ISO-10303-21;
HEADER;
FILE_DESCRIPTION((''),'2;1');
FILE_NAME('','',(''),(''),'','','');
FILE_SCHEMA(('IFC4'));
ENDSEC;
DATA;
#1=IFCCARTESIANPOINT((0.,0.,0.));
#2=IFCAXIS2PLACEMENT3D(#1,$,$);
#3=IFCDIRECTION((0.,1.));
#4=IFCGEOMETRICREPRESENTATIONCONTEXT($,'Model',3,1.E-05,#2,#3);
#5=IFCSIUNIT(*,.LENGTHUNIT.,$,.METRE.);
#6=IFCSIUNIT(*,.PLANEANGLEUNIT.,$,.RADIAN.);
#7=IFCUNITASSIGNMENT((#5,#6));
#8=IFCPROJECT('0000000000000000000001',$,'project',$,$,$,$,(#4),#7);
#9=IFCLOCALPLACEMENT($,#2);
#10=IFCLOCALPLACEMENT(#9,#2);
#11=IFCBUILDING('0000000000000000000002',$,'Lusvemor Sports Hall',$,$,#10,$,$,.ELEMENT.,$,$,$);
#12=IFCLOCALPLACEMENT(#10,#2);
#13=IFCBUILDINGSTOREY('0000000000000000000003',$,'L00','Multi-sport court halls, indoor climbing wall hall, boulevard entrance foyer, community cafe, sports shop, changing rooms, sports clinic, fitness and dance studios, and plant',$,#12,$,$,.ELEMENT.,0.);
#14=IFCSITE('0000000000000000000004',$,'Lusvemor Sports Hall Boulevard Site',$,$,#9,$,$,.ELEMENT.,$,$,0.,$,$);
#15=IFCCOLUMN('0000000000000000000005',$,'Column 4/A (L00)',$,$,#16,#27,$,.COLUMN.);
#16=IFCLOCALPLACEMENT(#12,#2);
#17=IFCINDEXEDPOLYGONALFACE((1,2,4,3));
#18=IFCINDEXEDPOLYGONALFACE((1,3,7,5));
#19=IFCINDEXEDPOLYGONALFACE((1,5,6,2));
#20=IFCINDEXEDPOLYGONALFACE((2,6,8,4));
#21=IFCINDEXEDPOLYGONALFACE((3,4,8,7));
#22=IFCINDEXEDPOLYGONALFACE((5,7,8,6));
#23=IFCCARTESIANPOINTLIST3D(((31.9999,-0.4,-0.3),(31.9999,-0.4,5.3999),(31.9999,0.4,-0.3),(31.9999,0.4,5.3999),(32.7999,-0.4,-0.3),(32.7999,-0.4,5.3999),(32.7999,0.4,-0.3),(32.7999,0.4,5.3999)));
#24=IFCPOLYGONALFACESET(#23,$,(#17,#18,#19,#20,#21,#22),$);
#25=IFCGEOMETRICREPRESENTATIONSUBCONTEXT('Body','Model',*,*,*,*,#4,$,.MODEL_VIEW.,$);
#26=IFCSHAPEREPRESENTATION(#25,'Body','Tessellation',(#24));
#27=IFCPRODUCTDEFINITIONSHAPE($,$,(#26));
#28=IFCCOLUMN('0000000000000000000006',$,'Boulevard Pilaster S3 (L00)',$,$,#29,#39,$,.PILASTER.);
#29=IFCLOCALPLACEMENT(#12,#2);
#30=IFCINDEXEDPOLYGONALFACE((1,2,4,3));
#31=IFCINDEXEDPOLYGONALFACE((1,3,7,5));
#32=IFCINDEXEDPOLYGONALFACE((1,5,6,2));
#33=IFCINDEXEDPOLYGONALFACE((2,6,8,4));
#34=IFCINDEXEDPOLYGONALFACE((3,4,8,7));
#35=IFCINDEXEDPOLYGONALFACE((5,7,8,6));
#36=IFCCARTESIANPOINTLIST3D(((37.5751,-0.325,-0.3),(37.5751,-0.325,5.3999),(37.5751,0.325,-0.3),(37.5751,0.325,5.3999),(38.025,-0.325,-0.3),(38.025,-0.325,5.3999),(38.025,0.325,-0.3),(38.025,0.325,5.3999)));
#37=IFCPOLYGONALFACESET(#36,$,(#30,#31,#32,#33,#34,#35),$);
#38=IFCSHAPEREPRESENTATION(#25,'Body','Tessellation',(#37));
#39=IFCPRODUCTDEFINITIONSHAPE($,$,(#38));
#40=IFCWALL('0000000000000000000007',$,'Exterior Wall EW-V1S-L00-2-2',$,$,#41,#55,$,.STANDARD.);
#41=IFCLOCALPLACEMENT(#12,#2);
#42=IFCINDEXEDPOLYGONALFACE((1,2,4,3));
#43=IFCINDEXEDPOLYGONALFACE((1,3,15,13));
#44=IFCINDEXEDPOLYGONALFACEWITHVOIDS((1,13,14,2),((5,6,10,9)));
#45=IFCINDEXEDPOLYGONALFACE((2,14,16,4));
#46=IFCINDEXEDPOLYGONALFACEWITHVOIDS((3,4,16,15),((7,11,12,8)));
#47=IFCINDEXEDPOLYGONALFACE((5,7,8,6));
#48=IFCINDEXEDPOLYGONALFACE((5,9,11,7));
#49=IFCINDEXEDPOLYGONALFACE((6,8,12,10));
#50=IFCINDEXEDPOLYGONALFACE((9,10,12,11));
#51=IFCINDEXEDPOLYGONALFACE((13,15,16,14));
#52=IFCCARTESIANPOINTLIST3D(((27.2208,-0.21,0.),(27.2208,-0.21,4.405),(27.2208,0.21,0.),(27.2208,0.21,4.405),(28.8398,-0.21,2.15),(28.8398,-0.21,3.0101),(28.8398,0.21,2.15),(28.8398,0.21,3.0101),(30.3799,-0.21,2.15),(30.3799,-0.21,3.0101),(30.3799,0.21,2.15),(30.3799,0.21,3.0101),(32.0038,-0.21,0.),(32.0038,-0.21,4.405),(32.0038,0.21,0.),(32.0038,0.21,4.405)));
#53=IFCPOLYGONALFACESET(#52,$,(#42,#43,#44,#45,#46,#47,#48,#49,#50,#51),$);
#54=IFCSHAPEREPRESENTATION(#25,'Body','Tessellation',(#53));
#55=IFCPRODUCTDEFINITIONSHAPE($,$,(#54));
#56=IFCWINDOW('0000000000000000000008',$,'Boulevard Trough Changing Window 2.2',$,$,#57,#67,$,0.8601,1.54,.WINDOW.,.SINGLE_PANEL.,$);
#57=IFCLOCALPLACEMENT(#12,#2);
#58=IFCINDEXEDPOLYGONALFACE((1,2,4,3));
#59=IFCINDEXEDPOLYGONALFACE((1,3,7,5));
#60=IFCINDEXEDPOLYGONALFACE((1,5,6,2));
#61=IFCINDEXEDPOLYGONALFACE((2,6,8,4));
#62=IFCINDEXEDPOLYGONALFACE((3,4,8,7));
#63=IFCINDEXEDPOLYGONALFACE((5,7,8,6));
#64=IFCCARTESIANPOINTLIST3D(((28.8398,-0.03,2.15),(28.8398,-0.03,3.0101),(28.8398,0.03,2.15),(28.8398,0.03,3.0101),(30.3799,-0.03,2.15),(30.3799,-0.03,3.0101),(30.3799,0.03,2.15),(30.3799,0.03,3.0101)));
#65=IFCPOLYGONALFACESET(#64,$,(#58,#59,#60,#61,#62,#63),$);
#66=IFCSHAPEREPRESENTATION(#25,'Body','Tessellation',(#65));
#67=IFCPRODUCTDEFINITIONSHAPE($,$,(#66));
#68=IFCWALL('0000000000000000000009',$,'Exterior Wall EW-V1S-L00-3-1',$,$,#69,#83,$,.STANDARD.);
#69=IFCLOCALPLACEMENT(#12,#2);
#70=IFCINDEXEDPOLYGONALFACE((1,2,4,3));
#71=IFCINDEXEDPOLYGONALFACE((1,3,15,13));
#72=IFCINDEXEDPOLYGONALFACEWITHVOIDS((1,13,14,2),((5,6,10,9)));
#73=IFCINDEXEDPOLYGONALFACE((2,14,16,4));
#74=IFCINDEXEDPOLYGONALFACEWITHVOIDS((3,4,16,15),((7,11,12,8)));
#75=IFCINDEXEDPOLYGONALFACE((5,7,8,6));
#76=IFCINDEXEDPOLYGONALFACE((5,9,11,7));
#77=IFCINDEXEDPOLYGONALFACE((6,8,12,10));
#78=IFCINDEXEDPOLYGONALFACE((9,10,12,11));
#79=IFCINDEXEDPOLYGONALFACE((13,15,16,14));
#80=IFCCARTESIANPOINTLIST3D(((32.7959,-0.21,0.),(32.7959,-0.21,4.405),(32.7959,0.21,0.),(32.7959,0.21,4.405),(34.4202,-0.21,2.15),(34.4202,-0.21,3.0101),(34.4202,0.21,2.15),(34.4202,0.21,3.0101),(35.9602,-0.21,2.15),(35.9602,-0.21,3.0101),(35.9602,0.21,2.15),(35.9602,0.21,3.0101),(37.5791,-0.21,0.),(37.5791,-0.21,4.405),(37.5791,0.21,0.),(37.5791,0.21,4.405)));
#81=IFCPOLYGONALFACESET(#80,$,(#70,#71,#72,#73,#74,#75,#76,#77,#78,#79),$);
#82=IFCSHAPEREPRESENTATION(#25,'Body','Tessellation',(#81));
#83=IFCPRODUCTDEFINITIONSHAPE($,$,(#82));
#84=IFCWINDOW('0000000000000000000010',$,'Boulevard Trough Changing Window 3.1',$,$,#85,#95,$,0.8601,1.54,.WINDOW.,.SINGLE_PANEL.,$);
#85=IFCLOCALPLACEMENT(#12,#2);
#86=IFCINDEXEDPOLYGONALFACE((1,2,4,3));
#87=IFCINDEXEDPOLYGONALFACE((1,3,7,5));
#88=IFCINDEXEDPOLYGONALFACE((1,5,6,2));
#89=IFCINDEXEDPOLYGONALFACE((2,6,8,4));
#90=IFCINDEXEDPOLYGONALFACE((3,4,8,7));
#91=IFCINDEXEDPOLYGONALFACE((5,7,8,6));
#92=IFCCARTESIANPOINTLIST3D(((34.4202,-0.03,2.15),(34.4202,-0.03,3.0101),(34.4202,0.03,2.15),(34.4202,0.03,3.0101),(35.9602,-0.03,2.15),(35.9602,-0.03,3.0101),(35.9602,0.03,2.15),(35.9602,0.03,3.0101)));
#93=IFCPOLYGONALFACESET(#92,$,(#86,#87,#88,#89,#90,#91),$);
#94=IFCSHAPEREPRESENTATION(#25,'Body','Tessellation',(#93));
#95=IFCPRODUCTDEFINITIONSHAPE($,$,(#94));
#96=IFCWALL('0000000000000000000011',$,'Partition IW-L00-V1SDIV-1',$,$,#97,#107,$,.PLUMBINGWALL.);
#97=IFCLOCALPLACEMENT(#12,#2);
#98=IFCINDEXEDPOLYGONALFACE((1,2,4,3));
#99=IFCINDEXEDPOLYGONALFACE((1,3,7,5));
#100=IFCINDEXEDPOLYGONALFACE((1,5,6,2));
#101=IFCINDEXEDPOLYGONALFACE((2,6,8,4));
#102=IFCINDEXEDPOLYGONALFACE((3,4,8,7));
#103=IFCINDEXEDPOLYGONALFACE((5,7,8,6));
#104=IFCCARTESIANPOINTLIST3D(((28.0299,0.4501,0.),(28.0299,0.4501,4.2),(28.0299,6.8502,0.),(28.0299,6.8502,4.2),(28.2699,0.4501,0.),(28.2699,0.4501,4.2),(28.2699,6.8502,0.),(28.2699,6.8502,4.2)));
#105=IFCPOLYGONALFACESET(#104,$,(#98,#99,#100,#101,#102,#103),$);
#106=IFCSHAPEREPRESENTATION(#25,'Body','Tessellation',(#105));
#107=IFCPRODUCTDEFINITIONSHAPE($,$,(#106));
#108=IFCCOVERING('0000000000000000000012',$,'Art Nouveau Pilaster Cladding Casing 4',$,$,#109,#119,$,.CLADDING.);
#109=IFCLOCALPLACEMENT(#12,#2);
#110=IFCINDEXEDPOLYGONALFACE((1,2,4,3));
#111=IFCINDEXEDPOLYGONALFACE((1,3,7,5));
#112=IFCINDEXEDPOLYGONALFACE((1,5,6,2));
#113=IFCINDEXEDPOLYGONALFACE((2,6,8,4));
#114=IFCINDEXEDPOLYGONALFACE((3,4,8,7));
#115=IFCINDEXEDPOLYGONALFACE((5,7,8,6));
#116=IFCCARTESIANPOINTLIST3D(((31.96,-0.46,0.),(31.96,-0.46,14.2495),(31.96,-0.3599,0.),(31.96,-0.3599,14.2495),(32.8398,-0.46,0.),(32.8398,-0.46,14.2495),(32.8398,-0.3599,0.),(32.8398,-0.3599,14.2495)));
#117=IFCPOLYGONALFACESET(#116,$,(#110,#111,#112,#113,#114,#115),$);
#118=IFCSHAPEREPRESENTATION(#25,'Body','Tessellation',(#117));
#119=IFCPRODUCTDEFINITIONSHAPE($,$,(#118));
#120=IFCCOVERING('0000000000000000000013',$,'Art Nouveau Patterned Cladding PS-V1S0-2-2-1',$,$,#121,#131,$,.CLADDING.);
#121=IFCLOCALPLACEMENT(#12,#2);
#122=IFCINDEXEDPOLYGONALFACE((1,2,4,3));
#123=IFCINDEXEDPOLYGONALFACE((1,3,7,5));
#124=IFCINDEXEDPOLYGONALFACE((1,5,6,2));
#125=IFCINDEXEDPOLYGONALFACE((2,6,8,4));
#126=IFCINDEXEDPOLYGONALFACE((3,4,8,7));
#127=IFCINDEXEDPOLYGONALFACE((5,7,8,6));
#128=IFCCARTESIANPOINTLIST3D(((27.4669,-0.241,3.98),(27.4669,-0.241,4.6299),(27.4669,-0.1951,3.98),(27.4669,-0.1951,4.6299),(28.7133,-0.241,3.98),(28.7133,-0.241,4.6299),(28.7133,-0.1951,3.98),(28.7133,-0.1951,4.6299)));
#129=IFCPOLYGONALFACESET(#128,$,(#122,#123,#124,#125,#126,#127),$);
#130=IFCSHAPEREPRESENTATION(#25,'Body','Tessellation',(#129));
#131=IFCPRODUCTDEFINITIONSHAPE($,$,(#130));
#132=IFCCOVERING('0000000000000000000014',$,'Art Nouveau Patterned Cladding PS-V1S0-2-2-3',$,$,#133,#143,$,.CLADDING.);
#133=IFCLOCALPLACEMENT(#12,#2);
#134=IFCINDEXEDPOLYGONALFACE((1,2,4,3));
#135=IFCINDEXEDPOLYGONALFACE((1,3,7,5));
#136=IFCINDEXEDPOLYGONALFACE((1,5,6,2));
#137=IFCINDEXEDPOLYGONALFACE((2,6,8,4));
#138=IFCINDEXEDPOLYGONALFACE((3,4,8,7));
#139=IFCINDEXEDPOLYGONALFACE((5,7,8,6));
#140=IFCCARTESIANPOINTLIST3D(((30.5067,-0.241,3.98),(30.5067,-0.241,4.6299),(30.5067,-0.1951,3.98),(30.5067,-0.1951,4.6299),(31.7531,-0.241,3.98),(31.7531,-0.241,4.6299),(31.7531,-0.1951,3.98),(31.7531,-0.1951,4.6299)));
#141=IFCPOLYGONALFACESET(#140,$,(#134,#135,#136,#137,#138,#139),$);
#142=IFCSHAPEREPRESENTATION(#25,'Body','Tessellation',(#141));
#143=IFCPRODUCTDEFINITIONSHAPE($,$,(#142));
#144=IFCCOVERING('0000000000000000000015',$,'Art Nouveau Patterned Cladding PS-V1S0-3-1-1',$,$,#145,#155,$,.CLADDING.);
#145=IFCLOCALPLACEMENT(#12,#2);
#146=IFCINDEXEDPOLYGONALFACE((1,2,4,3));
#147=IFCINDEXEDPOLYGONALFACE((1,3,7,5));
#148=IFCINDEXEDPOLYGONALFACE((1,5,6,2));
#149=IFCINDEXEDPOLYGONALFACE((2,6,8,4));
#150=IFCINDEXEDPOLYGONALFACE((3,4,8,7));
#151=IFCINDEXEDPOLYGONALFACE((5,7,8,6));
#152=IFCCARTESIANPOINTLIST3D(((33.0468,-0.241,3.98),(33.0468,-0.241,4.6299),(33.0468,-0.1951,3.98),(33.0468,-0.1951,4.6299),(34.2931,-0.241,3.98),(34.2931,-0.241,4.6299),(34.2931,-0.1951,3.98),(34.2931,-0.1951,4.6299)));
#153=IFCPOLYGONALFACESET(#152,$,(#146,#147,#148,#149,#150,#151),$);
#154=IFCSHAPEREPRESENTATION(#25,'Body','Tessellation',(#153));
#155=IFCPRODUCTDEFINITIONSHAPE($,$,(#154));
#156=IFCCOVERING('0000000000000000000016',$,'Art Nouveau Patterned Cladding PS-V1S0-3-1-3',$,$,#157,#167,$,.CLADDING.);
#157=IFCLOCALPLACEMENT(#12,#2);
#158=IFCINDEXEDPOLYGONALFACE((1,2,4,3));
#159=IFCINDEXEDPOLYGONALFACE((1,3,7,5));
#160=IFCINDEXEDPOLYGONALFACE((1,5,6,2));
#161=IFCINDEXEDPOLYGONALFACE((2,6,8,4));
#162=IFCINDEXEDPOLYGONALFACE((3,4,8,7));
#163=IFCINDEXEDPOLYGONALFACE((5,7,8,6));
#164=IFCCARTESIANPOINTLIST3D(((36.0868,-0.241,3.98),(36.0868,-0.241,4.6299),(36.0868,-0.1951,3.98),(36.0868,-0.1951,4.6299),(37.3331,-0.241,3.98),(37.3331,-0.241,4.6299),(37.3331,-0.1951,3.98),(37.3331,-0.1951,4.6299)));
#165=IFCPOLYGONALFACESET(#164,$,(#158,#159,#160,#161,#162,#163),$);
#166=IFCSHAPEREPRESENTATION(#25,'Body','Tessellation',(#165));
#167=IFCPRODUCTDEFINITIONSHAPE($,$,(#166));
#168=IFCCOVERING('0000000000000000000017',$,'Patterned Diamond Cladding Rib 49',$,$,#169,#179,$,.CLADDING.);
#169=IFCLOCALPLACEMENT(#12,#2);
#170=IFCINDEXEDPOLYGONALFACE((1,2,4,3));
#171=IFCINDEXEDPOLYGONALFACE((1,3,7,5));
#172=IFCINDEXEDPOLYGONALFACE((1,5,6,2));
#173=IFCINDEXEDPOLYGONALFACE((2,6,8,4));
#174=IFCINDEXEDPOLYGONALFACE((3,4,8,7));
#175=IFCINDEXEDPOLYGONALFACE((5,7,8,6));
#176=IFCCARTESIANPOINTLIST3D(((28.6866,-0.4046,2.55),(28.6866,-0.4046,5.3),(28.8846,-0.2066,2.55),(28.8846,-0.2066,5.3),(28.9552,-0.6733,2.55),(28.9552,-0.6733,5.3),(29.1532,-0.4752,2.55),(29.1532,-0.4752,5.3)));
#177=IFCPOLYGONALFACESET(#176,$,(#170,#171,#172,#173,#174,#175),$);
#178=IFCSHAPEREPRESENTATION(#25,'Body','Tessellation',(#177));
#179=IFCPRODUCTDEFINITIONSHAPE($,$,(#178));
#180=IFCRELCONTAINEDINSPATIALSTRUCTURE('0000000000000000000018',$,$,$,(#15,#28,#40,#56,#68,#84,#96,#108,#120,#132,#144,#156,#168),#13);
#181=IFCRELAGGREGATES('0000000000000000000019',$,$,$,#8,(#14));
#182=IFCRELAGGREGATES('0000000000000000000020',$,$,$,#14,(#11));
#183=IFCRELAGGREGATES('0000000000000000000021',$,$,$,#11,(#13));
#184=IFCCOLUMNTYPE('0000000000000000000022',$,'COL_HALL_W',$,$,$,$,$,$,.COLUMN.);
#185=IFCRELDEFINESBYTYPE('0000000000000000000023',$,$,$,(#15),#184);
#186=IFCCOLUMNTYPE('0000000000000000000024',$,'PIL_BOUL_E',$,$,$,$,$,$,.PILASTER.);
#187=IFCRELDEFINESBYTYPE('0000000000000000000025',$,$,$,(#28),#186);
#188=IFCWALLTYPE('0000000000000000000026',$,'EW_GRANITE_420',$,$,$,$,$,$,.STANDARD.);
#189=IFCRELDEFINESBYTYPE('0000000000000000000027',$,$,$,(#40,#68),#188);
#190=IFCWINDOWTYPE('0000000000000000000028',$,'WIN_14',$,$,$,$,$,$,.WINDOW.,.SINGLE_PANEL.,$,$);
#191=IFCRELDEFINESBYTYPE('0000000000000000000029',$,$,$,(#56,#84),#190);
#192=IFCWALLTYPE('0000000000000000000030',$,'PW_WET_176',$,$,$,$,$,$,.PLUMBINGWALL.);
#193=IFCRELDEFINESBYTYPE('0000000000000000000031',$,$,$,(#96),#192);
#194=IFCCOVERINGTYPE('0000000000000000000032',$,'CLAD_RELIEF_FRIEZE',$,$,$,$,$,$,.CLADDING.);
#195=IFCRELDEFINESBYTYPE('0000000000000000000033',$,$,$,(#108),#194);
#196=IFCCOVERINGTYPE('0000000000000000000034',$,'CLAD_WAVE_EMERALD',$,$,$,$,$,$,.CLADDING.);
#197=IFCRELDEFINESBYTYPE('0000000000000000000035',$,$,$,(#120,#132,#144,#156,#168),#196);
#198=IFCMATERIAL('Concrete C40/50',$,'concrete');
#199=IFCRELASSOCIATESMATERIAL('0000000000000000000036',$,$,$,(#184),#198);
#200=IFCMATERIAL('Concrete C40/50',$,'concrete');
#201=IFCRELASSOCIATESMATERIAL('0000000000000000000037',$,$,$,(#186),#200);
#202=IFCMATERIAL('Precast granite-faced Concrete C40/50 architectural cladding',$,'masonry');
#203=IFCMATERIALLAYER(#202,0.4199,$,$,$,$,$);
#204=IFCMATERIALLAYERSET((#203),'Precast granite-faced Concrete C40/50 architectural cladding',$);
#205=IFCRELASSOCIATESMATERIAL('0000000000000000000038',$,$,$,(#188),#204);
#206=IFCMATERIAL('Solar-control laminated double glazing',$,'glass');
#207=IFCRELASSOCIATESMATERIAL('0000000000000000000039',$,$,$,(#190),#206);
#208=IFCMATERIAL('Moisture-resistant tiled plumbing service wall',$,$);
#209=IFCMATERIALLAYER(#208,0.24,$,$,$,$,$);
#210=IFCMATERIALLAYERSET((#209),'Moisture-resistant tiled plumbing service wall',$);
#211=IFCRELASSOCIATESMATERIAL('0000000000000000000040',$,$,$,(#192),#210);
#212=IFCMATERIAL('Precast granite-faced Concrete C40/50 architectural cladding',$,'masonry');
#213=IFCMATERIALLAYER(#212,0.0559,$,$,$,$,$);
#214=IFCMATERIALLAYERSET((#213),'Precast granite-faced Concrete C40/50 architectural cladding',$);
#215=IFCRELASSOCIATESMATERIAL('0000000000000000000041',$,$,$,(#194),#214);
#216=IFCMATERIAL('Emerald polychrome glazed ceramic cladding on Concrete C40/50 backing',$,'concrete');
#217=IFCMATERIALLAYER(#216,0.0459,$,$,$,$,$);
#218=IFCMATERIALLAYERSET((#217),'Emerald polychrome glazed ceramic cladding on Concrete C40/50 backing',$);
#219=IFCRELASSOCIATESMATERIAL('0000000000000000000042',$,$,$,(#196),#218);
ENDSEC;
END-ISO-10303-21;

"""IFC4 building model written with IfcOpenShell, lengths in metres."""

from ifc_helpers import new_model, si_unit, direction, frame, frame_2d, origin, origin_2d, place, context, subcontext, project, spatial, rectangle, extrude, material, layer, layer_set, material_profile, profile_set, type_object, element, fill, save


model = new_model("IFC4")

# Units and contexts
model_context = context("Model", 3, precision=1e-05, world=origin(), true_north=direction((0.0, 1.0)))
body_context = subcontext(model_context, "Body", "Model", "MODEL_VIEW")
ifc_project = project(units=[si_unit("LENGTHUNIT", "METRE"), si_unit("PLANEANGLEUNIT", "RADIAN")], contexts=[model_context])

# Site, building, storey
site_placement = place(None, origin())
site = spatial("IfcSite", under=ifc_project, at=site_placement, Name="Lusvemor Sports Hall Boulevard Site", CompositionType="ELEMENT", RefElevation=0.0)
building_placement = place(site_placement, origin())
building = spatial("IfcBuilding", under=site, at=building_placement, Name="Lusvemor Sports Hall", CompositionType="ELEMENT")
storey_placement = place(building_placement, origin())
storey = spatial("IfcBuildingStorey", under=building, at=storey_placement, Name="L00", Description="Multi-sport court halls, indoor climbing wall hall, boulevard entrance foyer, community cafe, sports shop, changing rooms, sports clinic, fitness and dance studios, and plant", CompositionType="ELEMENT", Elevation=0.0)

# Columns
ifc_material_1 = material(Name="Concrete C40/50", Category="concrete")
ifc_material_profile_1 = material_profile(ifc_material_1, rectangle(XDim=0.8, YDim=0.8, at=origin_2d()), Name="RC800x800")
ifc_profile_set_1 = profile_set([ifc_material_profile_1], Name="Concrete C40/50")
column_type_1 = type_object("IfcColumnType", Name="COL_HALL_W", PredefinedType="COLUMN", material=ifc_profile_set_1)
column_1_placement = place(storey_placement, frame((32.3999, 0.0, -0.3), z_axis=(0.0, 0.0, 1.0), x_axis=(1.0, 0.0, 0.0)))
element("IfcColumn", 1, at=column_1_placement, inside=storey, type_object=column_type_1, Name="Column 4/A (L00)", PredefinedType="COLUMN", context=body_context, shape_type="SweptSolid", body=[
    extrude(rectangle(XDim=0.8, YDim=0.8, at=origin_2d()), origin(), (0.0, 0.0, 1.0), 5.7),
])
ifc_material_2 = material(Name="Concrete C40/50", Category="concrete")
ifc_material_profile_2 = material_profile(ifc_material_2, rectangle(XDim=0.45, YDim=0.6499, at=origin_2d()), Name="RC450x650")
ifc_profile_set_2 = profile_set([ifc_material_profile_2], Name="Concrete C40/50")
column_type_2 = type_object("IfcColumnType", Name="PIL_BOUL_E", PredefinedType="PILASTER", material=ifc_profile_set_2)
column_2_placement = place(storey_placement, frame((37.8, 0.0, -0.3), z_axis=(0.0, 0.0, 1.0), x_axis=(1.0, 0.0, 0.0)))
element("IfcColumn", 2, at=column_2_placement, inside=storey, type_object=column_type_2, Name="Boulevard Pilaster S3 (L00)", PredefinedType="PILASTER", context=body_context, shape_type="SweptSolid", body=[
    extrude(rectangle(XDim=0.45, YDim=0.6499, at=origin_2d()), origin(), (0.0, 0.0, 1.0), 5.7),
])

# Walls, openings, windows
ifc_material_3 = material(Name="Precast granite-faced Concrete C40/50 architectural cladding", Category="masonry")
ifc_layer_1 = layer(ifc_material_3, 0.4199)
ifc_layer_set_1 = layer_set([ifc_layer_1], Name="Precast granite-faced Concrete C40/50 architectural cladding")
wall_type_1 = type_object("IfcWallType", Name="EW_GRANITE_420", PredefinedType="STANDARD", material=ifc_layer_set_1)
wall_1_placement = place(storey_placement, frame((32.0039, 0.0, 0.0), z_axis=(0.0, 0.0, 1.0), x_axis=(-1.0, 0.0, 0.0)))
wall_1 = element("IfcWall", 3, at=wall_1_placement, inside=storey, type_object=wall_type_1, Name="Exterior Wall EW-V1S-L00-2-2", PredefinedType="STANDARD", context=body_context, shape_type="SweptSolid", body=[
    extrude(rectangle(XDim=4.783, YDim=0.4199, at=frame_2d((2.3916, 0.0))), origin(), (0.0, 0.0, 1.0), 4.405),
])
opening_1_placement = place(wall_1_placement, frame((1.624, 0.0, 2.1499)))
opening_1 = element("IfcOpeningElement", 4, at=opening_1_placement, cuts=wall_1, PredefinedType="OPENING", context=body_context, shape_type="SweptSolid", body=[
    extrude(rectangle(XDim=1.54, YDim=0.8601, at=frame_2d((0.77, 0.4302))), frame((0.0, 0.21, 0.0), z_axis=(0.0, -1.0, 0.0), x_axis=(1.0, 0.0, 0.0)), (0.0, 0.0, 1.0), 0.4199),
])
ifc_material_4 = material(Name="Solar-control laminated double glazing", Category="glass")
window_type = type_object("IfcWindowType", Name="WIN_14", PartitioningType="SINGLE_PANEL", PredefinedType="WINDOW", material=ifc_material_4)
window_1_placement = place(opening_1_placement, origin())
window_1 = element("IfcWindow", 5, at=window_1_placement, inside=storey, type_object=window_type, Name="Boulevard Trough Changing Window 2.2", OverallHeight=0.8601, OverallWidth=1.54, PartitioningType="SINGLE_PANEL", PredefinedType="WINDOW", context=body_context, shape_type="SweptSolid", body=[
    extrude(rectangle(XDim=1.54, YDim=0.8601, at=frame_2d((0.77, 0.4302))), frame((0.0, 0.03, 0.0), z_axis=(0.0, -1.0, 0.0), x_axis=(1.0, 0.0, 0.0)), (0.0, 0.0, 1.0), 0.0601),
])
fill(opening_1, window_1)
wall_2_placement = place(storey_placement, frame((37.5791, 0.0, 0.0), z_axis=(0.0, 0.0, 1.0), x_axis=(-1.0, 0.0, 0.0)))
wall_2 = element("IfcWall", 6, at=wall_2_placement, inside=storey, type_object=wall_type_1, Name="Exterior Wall EW-V1S-L00-3-1", PredefinedType="STANDARD", context=body_context, shape_type="SweptSolid", body=[
    extrude(rectangle(XDim=4.7832, YDim=0.4199, at=frame_2d((2.3916, 0.0))), origin(), (0.0, 0.0, 1.0), 4.405),
])
opening_2_placement = place(wall_2_placement, frame((1.6189, 0.0, 2.1499)))
opening_2 = element("IfcOpeningElement", 7, at=opening_2_placement, cuts=wall_2, PredefinedType="OPENING", context=body_context, shape_type="SweptSolid", body=[
    extrude(rectangle(XDim=1.54, YDim=0.8601, at=frame_2d((0.77, 0.4302))), frame((0.0, 0.21, 0.0), z_axis=(0.0, -1.0, 0.0), x_axis=(1.0, 0.0, 0.0)), (0.0, 0.0, 1.0), 0.4199),
])
window_2_placement = place(opening_2_placement, origin())
window_2 = element("IfcWindow", 8, at=window_2_placement, inside=storey, type_object=window_type, Name="Boulevard Trough Changing Window 3.1", OverallHeight=0.8601, OverallWidth=1.54, PartitioningType="SINGLE_PANEL", PredefinedType="WINDOW", context=body_context, shape_type="SweptSolid", body=[
    extrude(rectangle(XDim=1.54, YDim=0.8601, at=frame_2d((0.77, 0.4302))), frame((0.0, 0.03, 0.0), z_axis=(0.0, -1.0, 0.0), x_axis=(1.0, 0.0, 0.0)), (0.0, 0.0, 1.0), 0.0601),
])
fill(opening_2, window_2)

# Wall
ifc_material_5 = material(Name="Moisture-resistant tiled plumbing service wall")
ifc_layer_2 = layer(ifc_material_5, 0.24)
ifc_layer_set_2 = layer_set([ifc_layer_2], Name="Moisture-resistant tiled plumbing service wall")
wall_type_2 = type_object("IfcWallType", Name="PW_WET_176", PredefinedType="PLUMBINGWALL", material=ifc_layer_set_2)
wall_3_placement = place(storey_placement, frame((28.1499, 0.45, 0.0), z_axis=(0.0, 0.0, 1.0), x_axis=(0.0, 1.0, 0.0)))
element("IfcWall", 9, at=wall_3_placement, inside=storey, type_object=wall_type_2, Name="Partition IW-L00-V1SDIV-1", PredefinedType="PLUMBINGWALL", context=body_context, shape_type="SweptSolid", body=[
    extrude(rectangle(XDim=6.4001, YDim=0.24, at=frame_2d((3.2002, 0.0))), origin(), (0.0, 0.0, 1.0), 4.2),
])

# Coverings
ifc_material_6 = material(Name="Precast granite-faced Concrete C40/50 architectural cladding", Category="masonry")
ifc_layer_3 = layer(ifc_material_6, 0.0559)
ifc_layer_set_3 = layer_set([ifc_layer_3], Name="Precast granite-faced Concrete C40/50 architectural cladding")
covering_type_1 = type_object("IfcCoveringType", Name="CLAD_RELIEF_FRIEZE", PredefinedType="CLADDING", material=ifc_layer_set_3)
covering_1_placement = place(storey_placement, frame((32.3999, -0.4099, 0.0), z_axis=(0.0, 0.0, 1.0), x_axis=(1.0, 0.0, 0.0)))
element("IfcCovering", 10, at=covering_1_placement, inside=storey, type_object=covering_type_1, Name="Art Nouveau Pilaster Cladding Casing 4", PredefinedType="CLADDING", context=body_context, shape_type="SweptSolid", body=[
    extrude(rectangle(XDim=0.8799, YDim=0.1001, at=origin_2d()), origin(), (0.0, 0.0, 1.0), 14.2495),
])
ifc_material_7 = material(Name="Emerald polychrome glazed ceramic cladding on Concrete C40/50 backing", Category="concrete")
ifc_layer_4 = layer(ifc_material_7, 0.0459)
ifc_layer_set_4 = layer_set([ifc_layer_4], Name="Emerald polychrome glazed ceramic cladding on Concrete C40/50 backing")
covering_type_2 = type_object("IfcCoveringType", Name="CLAD_WAVE_EMERALD", PredefinedType="CLADDING", material=ifc_layer_set_4)
for number, where, z_axis, x_axis, name in (
    (11, (28.0901, -0.218, 3.98), (0.0, 0.0, 1.0), (1.0, 0.0, 0.0), "Art Nouveau Patterned Cladding PS-V1S0-2-2-1"),
    (12, (31.1299, -0.218, 3.98), (0.0, 0.0, 1.0), (1.0, 0.0, 0.0), "Art Nouveau Patterned Cladding PS-V1S0-2-2-3"),
    (13, (33.6699, -0.218, 3.98), (0.0, 0.0, 1.0), (1.0, 0.0, 0.0), "Art Nouveau Patterned Cladding PS-V1S0-3-1-1"),
    (14, (36.71, -0.218, 3.98), (0.0, 0.0, 1.0), (1.0, 0.0, 0.0), "Art Nouveau Patterned Cladding PS-V1S0-3-1-3"),
):
    element("IfcCovering", number, at=place(storey_placement, frame(where, z_axis=z_axis, x_axis=x_axis)), inside=storey, type_object=covering_type_2, Name=name, PredefinedType="CLADDING", context=body_context, shape_type="SweptSolid", body=[
        extrude(rectangle(XDim=1.2463, YDim=0.0459, at=origin_2d()), origin(), (0.0, 0.0, 1.0), 0.6499),
    ])
for number, where, z_axis, x_axis, name in (
    (15, (28.9199, -0.4399, 2.55), (0.0, 0.0, 1.0), (0.707107, 0.707107, 0.0), "Patterned Diamond Cladding Rib 49"),
):
    element("IfcCovering", number, at=place(storey_placement, frame(where, z_axis=z_axis, x_axis=x_axis)), inside=storey, type_object=covering_type_2, Name=name, PredefinedType="CLADDING", context=body_context, shape_type="SweptSolid", body=[
        extrude(rectangle(XDim=0.28, YDim=0.3799, at=origin_2d()), origin(), (0.0, 0.0, 1.0), 2.75),
    ])

save(model, "model.ifc")
